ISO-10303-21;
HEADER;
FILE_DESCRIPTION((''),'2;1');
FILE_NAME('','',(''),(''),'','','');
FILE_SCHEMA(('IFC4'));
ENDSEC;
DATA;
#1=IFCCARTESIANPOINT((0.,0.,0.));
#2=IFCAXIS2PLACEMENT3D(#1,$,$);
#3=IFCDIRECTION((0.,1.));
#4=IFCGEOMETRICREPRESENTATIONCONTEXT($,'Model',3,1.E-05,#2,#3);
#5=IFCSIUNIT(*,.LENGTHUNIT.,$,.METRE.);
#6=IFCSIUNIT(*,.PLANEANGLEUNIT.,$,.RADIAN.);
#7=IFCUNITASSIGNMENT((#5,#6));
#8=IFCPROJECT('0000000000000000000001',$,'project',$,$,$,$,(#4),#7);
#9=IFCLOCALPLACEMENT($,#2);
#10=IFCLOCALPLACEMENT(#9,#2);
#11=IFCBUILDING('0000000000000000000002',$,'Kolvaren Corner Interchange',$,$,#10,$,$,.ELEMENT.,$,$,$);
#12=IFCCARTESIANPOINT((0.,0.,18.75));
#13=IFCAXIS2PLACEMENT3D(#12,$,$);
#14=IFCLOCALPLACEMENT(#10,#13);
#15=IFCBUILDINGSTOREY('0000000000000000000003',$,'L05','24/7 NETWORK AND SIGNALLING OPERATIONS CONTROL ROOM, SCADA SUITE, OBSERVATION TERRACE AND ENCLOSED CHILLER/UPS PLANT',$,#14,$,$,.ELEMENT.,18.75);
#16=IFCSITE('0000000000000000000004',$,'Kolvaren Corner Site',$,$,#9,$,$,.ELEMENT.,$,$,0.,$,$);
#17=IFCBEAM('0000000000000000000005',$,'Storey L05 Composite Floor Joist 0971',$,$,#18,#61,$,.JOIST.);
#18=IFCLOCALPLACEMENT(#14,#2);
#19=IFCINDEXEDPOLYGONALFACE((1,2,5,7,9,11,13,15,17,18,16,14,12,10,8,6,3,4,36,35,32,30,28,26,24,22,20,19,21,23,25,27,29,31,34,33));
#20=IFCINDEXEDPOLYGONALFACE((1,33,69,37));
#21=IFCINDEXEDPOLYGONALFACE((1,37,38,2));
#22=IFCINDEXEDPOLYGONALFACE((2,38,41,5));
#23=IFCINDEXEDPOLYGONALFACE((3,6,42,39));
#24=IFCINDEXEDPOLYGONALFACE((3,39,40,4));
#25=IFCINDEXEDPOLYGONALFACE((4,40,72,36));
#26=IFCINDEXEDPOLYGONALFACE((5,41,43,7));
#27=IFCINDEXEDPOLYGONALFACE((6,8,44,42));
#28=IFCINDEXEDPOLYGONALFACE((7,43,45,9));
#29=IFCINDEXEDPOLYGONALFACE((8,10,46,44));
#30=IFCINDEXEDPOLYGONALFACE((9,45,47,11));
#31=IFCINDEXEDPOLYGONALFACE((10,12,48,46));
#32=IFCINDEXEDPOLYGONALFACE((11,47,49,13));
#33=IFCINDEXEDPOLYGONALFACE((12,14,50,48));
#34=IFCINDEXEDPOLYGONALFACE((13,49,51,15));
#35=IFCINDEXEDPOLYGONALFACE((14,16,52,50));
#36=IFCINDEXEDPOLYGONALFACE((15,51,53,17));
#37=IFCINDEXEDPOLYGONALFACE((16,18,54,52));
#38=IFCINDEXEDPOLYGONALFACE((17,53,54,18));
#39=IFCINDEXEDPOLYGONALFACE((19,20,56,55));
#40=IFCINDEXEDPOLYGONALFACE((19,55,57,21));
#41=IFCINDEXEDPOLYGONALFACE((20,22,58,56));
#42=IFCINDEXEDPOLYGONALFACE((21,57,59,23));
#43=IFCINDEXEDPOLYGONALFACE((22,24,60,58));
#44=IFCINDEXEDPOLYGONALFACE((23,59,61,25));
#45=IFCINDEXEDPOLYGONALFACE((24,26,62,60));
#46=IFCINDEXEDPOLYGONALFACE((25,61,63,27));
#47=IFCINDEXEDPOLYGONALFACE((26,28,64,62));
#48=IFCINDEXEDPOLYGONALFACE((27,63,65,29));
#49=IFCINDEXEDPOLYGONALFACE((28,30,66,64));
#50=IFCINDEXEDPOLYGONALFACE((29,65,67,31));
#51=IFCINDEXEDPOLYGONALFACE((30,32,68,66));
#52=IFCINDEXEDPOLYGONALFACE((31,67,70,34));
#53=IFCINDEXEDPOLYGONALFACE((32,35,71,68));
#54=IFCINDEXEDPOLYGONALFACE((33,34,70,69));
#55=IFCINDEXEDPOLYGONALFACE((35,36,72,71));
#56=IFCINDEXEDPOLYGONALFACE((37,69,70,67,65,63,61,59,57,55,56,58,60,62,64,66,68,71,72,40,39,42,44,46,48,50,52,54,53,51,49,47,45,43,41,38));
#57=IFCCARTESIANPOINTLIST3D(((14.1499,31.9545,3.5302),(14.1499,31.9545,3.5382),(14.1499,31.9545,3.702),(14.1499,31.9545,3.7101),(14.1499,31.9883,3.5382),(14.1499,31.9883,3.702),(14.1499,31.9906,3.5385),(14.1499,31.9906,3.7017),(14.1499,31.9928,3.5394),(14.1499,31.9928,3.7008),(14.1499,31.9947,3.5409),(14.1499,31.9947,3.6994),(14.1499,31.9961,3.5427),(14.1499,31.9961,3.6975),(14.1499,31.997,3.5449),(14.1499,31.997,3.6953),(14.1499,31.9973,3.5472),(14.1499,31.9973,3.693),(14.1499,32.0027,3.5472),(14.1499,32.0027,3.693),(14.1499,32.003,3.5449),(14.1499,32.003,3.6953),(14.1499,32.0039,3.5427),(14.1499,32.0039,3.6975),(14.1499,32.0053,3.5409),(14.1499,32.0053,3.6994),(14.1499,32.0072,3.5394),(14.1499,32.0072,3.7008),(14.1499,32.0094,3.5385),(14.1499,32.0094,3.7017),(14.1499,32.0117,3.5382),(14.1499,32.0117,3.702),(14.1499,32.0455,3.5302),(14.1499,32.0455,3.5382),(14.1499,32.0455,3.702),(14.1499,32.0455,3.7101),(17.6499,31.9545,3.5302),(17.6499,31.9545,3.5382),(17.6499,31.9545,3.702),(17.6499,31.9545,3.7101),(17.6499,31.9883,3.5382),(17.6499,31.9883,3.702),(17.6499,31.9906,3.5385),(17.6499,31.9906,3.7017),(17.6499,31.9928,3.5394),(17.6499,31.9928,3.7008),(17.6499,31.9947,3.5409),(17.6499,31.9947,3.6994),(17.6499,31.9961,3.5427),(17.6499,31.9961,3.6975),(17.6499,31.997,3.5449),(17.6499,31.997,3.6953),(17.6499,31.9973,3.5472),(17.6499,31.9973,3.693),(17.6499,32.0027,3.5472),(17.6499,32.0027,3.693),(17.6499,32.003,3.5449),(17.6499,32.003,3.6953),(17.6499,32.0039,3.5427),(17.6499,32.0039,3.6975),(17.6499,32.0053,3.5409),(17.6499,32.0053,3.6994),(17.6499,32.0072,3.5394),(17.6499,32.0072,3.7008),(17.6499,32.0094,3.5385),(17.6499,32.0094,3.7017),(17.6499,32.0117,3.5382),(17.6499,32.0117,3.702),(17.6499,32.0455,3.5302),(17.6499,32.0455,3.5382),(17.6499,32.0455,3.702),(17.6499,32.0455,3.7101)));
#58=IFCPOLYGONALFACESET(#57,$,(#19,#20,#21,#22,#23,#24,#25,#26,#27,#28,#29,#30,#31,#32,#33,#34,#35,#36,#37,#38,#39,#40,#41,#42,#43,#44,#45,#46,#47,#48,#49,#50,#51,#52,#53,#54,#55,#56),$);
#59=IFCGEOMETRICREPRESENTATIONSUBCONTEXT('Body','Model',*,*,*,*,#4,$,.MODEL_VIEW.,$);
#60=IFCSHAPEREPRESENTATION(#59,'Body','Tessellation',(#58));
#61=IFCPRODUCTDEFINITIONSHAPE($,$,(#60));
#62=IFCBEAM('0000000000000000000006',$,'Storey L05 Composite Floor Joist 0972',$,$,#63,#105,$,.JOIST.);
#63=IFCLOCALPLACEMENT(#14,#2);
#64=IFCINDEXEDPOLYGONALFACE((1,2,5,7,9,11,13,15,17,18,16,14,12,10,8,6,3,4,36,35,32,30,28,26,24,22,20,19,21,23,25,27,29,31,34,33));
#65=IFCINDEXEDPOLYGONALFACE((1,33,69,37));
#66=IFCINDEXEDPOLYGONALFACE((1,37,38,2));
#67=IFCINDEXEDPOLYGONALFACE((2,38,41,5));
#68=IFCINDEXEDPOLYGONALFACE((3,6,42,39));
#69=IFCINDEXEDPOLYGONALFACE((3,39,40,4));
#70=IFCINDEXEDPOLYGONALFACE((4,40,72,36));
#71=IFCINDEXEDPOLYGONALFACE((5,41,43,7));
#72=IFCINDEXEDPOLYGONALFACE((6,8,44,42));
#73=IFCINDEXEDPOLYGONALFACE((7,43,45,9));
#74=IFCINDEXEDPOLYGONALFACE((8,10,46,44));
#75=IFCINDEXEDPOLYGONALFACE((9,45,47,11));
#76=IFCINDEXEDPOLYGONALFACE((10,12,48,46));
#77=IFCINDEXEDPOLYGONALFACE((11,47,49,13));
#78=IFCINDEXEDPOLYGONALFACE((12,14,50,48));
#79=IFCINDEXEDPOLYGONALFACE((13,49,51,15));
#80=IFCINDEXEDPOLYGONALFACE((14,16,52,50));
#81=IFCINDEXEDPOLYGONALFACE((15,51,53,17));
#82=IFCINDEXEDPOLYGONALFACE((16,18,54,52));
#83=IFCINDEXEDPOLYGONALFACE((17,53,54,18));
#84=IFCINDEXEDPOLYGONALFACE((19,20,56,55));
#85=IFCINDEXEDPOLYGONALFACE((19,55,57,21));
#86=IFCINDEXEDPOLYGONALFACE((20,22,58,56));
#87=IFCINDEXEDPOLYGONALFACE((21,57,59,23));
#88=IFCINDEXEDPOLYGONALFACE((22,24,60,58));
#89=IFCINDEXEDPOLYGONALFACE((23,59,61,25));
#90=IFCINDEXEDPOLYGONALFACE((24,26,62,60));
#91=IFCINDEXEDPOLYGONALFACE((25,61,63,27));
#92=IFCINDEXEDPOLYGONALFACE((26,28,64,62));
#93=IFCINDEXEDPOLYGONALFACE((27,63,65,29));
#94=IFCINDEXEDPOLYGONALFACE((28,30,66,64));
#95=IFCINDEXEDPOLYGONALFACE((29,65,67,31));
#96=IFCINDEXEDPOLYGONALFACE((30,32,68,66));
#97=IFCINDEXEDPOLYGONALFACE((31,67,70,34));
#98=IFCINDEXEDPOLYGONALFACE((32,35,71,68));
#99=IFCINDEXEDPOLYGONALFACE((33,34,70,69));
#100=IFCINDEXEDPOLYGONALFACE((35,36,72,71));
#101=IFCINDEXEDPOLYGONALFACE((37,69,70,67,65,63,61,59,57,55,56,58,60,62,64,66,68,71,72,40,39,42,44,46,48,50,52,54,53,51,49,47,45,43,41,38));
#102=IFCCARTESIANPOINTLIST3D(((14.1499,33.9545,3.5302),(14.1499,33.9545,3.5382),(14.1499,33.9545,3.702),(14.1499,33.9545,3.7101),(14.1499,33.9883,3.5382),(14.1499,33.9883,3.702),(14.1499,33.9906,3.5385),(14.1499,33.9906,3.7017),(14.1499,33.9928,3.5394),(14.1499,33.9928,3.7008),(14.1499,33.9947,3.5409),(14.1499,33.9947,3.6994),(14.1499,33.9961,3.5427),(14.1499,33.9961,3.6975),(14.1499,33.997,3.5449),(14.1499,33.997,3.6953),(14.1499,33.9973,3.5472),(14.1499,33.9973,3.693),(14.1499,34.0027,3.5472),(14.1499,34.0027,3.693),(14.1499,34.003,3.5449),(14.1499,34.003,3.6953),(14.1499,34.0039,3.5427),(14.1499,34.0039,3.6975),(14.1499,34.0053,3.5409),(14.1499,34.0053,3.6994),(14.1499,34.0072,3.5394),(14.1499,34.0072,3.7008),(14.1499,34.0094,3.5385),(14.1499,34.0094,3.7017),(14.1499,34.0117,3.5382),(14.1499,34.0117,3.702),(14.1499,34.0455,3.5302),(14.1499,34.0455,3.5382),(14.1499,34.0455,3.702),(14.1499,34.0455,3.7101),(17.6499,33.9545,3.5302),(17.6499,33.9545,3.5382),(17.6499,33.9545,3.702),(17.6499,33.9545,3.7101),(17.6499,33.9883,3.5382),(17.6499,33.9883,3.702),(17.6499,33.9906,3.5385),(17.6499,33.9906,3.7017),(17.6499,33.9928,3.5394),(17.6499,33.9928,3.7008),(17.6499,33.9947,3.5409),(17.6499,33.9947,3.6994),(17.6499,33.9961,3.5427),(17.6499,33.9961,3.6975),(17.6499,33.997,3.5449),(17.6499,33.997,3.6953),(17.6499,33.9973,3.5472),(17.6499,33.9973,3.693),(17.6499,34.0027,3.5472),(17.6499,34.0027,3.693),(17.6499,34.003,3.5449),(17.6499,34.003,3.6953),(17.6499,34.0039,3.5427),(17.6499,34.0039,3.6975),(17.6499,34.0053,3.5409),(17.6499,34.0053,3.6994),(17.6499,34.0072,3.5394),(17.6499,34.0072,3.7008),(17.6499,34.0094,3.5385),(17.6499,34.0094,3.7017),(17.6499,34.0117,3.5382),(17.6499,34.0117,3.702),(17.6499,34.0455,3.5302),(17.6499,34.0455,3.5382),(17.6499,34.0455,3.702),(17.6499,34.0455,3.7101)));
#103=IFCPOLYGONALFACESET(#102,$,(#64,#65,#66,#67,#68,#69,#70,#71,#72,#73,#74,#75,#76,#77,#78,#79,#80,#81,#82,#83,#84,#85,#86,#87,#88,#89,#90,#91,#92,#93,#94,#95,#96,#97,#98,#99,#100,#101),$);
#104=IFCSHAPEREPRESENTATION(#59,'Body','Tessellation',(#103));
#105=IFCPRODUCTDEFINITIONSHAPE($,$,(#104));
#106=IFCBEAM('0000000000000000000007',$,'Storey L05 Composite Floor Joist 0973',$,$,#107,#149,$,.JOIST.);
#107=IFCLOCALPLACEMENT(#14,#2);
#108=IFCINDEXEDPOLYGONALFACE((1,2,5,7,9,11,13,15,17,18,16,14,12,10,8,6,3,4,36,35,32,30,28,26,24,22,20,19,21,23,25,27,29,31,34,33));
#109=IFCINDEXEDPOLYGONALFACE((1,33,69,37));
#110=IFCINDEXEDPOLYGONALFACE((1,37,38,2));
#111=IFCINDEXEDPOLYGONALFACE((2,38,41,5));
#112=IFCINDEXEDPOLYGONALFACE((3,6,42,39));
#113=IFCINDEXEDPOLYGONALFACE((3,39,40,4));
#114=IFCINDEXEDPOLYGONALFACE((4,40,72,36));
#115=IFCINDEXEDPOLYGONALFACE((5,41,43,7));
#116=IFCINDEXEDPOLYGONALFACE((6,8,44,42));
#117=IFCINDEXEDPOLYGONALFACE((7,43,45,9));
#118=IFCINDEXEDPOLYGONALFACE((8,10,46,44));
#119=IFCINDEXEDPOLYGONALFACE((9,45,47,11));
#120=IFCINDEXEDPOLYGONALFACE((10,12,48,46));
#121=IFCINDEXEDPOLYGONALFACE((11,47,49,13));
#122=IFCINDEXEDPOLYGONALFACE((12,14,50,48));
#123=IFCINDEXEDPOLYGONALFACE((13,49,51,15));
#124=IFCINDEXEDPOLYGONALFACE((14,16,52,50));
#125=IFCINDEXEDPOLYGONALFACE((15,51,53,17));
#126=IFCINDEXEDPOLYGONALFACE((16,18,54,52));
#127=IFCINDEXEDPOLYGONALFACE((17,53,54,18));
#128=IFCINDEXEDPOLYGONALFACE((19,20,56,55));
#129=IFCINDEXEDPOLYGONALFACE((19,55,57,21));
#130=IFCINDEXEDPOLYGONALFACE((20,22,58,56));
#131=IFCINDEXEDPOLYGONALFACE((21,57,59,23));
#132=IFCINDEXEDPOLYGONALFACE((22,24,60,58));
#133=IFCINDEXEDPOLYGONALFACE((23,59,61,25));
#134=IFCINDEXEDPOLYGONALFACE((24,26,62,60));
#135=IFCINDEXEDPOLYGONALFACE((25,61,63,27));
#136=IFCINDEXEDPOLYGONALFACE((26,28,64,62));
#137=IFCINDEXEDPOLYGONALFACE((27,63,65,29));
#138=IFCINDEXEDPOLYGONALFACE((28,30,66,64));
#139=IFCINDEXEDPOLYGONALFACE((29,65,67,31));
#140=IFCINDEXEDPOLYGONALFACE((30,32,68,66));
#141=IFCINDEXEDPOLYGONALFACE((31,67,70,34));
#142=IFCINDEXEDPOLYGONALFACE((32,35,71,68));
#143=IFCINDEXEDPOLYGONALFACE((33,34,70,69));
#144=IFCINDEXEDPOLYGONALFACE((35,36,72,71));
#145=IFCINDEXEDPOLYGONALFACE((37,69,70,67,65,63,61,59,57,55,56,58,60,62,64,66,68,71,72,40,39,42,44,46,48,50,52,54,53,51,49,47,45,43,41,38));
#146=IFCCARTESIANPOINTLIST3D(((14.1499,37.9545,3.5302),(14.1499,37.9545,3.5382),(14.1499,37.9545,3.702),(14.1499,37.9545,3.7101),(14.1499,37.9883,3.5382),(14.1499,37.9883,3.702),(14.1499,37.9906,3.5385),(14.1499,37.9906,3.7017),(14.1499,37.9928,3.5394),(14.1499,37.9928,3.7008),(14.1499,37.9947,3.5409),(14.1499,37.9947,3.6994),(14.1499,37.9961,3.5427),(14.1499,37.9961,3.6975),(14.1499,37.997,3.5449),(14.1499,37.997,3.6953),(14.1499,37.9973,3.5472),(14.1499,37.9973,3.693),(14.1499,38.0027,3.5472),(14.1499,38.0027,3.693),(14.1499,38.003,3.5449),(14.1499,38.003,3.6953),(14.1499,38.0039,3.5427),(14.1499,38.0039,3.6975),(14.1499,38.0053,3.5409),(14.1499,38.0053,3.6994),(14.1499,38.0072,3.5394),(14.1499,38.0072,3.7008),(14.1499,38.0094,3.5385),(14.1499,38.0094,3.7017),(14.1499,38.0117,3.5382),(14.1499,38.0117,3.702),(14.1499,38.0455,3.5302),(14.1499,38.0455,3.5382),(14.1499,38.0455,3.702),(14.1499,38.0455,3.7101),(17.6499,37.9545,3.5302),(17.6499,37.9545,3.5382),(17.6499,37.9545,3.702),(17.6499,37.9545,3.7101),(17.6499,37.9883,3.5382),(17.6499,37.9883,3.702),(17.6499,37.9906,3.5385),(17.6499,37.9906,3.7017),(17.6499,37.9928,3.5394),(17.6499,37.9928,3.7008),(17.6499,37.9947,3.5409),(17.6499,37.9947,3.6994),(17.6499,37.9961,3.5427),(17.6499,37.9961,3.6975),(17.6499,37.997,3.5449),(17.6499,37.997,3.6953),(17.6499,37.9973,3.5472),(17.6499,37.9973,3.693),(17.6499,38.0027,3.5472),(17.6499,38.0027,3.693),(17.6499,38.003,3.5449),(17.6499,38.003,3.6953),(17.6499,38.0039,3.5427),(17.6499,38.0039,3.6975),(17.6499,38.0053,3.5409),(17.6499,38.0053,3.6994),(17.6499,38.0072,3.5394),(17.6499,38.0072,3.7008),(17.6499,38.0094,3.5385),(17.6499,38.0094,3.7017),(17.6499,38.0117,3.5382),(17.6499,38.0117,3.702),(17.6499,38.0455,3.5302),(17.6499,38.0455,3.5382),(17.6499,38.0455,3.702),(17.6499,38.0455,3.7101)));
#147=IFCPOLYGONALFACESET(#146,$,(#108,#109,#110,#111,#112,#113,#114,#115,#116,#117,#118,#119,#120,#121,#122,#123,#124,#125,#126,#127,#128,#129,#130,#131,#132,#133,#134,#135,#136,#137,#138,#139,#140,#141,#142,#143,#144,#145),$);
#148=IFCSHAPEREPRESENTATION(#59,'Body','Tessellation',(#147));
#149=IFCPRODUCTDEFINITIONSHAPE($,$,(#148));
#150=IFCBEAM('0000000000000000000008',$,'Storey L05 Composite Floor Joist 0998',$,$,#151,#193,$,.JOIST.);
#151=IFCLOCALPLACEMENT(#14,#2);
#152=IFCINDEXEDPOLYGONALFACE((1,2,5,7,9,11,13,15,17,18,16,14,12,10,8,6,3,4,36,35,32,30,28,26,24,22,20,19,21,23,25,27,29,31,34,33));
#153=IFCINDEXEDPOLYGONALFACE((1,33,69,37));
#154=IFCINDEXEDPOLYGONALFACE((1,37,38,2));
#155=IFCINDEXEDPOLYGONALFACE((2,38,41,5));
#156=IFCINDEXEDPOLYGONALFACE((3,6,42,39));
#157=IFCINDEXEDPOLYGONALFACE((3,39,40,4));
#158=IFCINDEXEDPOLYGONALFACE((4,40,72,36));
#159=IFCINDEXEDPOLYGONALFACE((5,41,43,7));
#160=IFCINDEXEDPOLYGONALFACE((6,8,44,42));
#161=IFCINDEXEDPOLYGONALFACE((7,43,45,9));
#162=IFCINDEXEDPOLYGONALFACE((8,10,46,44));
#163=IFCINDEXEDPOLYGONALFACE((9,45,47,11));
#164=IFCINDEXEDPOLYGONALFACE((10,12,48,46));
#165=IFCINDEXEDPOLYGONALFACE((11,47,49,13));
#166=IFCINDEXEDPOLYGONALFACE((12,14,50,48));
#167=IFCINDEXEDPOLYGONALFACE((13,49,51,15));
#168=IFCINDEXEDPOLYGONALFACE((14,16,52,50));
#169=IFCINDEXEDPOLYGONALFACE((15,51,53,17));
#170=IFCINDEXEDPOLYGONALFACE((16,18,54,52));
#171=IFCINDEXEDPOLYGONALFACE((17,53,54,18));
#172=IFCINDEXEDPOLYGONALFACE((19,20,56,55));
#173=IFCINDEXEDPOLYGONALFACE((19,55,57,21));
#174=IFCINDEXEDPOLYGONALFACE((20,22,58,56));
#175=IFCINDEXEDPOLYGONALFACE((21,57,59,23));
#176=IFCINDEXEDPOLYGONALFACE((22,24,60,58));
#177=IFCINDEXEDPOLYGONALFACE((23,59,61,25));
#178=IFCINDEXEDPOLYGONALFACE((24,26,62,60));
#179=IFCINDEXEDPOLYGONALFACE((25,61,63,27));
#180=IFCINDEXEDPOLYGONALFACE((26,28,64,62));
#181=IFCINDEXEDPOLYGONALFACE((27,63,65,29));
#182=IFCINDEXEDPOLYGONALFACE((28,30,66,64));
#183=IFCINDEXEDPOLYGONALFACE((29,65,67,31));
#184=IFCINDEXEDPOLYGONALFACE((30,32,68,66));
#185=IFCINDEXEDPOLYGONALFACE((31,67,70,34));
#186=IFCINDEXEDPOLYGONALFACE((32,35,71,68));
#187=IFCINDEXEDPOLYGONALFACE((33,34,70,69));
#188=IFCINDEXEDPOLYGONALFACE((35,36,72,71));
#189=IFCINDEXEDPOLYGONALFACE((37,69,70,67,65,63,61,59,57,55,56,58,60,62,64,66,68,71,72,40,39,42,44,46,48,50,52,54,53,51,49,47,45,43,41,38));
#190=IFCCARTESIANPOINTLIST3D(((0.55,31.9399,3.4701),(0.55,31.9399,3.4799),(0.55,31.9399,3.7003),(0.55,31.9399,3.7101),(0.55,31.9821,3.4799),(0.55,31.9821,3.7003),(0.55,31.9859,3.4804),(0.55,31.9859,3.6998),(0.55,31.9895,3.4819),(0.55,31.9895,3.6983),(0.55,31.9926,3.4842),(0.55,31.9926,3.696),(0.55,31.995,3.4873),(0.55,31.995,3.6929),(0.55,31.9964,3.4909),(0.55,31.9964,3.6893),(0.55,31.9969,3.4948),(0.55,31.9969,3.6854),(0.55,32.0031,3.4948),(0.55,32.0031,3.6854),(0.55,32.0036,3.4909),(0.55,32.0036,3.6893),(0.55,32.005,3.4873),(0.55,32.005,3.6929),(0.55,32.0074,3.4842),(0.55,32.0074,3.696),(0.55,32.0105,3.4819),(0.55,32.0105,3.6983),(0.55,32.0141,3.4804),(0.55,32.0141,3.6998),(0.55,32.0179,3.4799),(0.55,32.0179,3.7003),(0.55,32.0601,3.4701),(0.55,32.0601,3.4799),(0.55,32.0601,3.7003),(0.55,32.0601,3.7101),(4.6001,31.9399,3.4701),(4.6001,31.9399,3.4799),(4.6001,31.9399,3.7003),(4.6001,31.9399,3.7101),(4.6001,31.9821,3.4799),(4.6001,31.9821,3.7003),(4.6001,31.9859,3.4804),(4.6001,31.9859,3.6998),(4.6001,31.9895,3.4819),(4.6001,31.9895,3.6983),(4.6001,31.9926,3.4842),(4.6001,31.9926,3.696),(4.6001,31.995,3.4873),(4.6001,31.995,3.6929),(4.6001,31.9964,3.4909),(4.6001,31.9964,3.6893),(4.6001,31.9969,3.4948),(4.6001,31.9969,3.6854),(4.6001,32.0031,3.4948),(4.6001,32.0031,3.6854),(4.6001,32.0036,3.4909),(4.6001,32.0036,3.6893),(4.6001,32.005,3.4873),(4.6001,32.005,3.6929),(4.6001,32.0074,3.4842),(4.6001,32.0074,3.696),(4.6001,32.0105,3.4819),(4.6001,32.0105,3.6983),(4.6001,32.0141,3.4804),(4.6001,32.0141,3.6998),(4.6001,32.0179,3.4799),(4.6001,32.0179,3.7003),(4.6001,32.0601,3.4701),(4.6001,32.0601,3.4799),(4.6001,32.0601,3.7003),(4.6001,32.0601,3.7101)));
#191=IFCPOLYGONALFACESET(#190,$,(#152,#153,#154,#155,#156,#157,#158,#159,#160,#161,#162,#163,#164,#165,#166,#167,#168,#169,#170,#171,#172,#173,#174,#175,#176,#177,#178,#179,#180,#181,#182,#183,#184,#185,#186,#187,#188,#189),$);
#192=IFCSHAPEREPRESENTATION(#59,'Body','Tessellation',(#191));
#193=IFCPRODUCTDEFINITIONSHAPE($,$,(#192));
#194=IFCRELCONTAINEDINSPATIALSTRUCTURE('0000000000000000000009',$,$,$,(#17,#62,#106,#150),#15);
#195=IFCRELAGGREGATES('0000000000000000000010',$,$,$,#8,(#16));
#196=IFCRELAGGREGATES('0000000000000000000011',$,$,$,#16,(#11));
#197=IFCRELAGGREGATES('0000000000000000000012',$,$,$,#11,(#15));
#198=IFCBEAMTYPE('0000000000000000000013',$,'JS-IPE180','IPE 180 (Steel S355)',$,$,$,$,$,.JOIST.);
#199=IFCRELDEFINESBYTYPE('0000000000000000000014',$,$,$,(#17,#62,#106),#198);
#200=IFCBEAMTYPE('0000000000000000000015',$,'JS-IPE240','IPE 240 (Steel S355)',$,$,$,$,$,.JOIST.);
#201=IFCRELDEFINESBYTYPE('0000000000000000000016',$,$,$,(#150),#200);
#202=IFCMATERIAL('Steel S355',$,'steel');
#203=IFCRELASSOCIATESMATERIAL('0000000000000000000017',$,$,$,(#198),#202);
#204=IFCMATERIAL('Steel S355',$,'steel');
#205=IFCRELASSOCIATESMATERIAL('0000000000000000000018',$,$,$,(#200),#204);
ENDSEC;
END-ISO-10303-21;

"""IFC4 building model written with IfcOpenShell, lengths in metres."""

from ifc_helpers import new_model, si_unit, direction, frame, origin, origin_2d, place, context, subcontext, project, spatial, i_section, extrude, material, material_profile, profile_set, type_object, element, save


model = new_model("IFC4")

# Units and contexts
model_context = context("Model", 3, precision=1e-05, world=origin(), true_north=direction((0.0, 1.0)))
body_context = subcontext(model_context, "Body", "Model", "MODEL_VIEW")
ifc_project = project(units=[si_unit("LENGTHUNIT", "METRE"), si_unit("PLANEANGLEUNIT", "RADIAN")], contexts=[model_context])

# Site, building, storey
site_placement = place(None, origin())
site = spatial("IfcSite", under=ifc_project, at=site_placement, Name="Kolvaren Corner Site", CompositionType="ELEMENT", RefElevation=0.0)
building_placement = place(site_placement, origin())
building = spatial("IfcBuilding", under=site, at=building_placement, Name="Kolvaren Corner Interchange", CompositionType="ELEMENT")
storey_placement = place(building_placement, frame((0.0, 0.0, 18.75)))
storey = spatial("IfcBuildingStorey", under=building, at=storey_placement, Name="L05", Description="24/7 NETWORK AND SIGNALLING OPERATIONS CONTROL ROOM, SCADA SUITE, OBSERVATION TERRACE AND ENCLOSED CHILLER/UPS PLANT", CompositionType="ELEMENT", Elevation=18.75)

# Beams
ifc_material_1 = material(Name="Steel S355", Category="steel")
ifc_material_profile_1 = material_profile(ifc_material_1, i_section(OverallWidth=0.0911, OverallDepth=0.1799, WebThickness=0.0054, FlangeThickness=0.0081, FilletRadius=0.009, at=origin_2d()), Name="IPE 180")
ifc_profile_set_1 = profile_set([ifc_material_profile_1], Name="Steel S355")
beam_type_1 = type_object("IfcBeamType", Name="JS-IPE180", Description="IPE 180 (Steel S355)", PredefinedType="JOIST", material=ifc_profile_set_1)
for number, where, z_axis, x_axis, name in (
    (1, (14.1499, 32.0, 3.6201), (1.0, 0.0, 0.0), (0.0, 1.0, 0.0), "Storey L05 Composite Floor Joist 0971"),
    (2, (14.1499, 34.0, 3.6201), (1.0, 0.0, 0.0), (0.0, 1.0, 0.0), "Storey L05 Composite Floor Joist 0972"),
    (3, (14.1499, 38.0, 3.6201), (1.0, 0.0, 0.0), (0.0, 1.0, 0.0), "Storey L05 Composite Floor Joist 0973"),
):
    element("IfcBeam", number, at=place(storey_placement, frame(where, z_axis=z_axis, x_axis=x_axis)), inside=storey, type_object=beam_type_1, Name=name, PredefinedType="JOIST", context=body_context, shape_type="SweptSolid", body=[
        extrude(i_section(OverallWidth=0.0911, OverallDepth=0.1799, WebThickness=0.0054, FlangeThickness=0.0081, FilletRadius=0.009, at=origin_2d()), origin(), (0.0, 0.0, 1.0), 3.5),
    ])
ifc_material_2 = material(Name="Steel S355", Category="steel")
ifc_material_profile_2 = material_profile(ifc_material_2, i_section(OverallWidth=0.1201, OverallDepth=0.24, WebThickness=0.0061, FlangeThickness=0.0098, FilletRadius=0.0149, at=origin_2d()), Name="IPE 240")
ifc_profile_set_2 = profile_set([ifc_material_profile_2], Name="Steel S355")
beam_type_2 = type_object("IfcBeamType", Name="JS-IPE240", Description="IPE 240 (Steel S355)", PredefinedType="JOIST", material=ifc_profile_set_2)
for number, where, z_axis, x_axis, name in (
    (4, (0.55, 32.0, 3.5901), (1.0, 0.0, 0.0), (0.0, 1.0, 0.0), "Storey L05 Composite Floor Joist 0998"),
):
    element("IfcBeam", number, at=place(storey_placement, frame(where, z_axis=z_axis, x_axis=x_axis)), inside=storey, type_object=beam_type_2, Name=name, PredefinedType="JOIST", context=body_context, shape_type="SweptSolid", body=[
        extrude(i_section(OverallWidth=0.1201, OverallDepth=0.24, WebThickness=0.0061, FlangeThickness=0.0098, FilletRadius=0.0149, at=origin_2d()), origin(), (0.0, 0.0, 1.0), 4.05),
    ])

save(model, "model.ifc")
